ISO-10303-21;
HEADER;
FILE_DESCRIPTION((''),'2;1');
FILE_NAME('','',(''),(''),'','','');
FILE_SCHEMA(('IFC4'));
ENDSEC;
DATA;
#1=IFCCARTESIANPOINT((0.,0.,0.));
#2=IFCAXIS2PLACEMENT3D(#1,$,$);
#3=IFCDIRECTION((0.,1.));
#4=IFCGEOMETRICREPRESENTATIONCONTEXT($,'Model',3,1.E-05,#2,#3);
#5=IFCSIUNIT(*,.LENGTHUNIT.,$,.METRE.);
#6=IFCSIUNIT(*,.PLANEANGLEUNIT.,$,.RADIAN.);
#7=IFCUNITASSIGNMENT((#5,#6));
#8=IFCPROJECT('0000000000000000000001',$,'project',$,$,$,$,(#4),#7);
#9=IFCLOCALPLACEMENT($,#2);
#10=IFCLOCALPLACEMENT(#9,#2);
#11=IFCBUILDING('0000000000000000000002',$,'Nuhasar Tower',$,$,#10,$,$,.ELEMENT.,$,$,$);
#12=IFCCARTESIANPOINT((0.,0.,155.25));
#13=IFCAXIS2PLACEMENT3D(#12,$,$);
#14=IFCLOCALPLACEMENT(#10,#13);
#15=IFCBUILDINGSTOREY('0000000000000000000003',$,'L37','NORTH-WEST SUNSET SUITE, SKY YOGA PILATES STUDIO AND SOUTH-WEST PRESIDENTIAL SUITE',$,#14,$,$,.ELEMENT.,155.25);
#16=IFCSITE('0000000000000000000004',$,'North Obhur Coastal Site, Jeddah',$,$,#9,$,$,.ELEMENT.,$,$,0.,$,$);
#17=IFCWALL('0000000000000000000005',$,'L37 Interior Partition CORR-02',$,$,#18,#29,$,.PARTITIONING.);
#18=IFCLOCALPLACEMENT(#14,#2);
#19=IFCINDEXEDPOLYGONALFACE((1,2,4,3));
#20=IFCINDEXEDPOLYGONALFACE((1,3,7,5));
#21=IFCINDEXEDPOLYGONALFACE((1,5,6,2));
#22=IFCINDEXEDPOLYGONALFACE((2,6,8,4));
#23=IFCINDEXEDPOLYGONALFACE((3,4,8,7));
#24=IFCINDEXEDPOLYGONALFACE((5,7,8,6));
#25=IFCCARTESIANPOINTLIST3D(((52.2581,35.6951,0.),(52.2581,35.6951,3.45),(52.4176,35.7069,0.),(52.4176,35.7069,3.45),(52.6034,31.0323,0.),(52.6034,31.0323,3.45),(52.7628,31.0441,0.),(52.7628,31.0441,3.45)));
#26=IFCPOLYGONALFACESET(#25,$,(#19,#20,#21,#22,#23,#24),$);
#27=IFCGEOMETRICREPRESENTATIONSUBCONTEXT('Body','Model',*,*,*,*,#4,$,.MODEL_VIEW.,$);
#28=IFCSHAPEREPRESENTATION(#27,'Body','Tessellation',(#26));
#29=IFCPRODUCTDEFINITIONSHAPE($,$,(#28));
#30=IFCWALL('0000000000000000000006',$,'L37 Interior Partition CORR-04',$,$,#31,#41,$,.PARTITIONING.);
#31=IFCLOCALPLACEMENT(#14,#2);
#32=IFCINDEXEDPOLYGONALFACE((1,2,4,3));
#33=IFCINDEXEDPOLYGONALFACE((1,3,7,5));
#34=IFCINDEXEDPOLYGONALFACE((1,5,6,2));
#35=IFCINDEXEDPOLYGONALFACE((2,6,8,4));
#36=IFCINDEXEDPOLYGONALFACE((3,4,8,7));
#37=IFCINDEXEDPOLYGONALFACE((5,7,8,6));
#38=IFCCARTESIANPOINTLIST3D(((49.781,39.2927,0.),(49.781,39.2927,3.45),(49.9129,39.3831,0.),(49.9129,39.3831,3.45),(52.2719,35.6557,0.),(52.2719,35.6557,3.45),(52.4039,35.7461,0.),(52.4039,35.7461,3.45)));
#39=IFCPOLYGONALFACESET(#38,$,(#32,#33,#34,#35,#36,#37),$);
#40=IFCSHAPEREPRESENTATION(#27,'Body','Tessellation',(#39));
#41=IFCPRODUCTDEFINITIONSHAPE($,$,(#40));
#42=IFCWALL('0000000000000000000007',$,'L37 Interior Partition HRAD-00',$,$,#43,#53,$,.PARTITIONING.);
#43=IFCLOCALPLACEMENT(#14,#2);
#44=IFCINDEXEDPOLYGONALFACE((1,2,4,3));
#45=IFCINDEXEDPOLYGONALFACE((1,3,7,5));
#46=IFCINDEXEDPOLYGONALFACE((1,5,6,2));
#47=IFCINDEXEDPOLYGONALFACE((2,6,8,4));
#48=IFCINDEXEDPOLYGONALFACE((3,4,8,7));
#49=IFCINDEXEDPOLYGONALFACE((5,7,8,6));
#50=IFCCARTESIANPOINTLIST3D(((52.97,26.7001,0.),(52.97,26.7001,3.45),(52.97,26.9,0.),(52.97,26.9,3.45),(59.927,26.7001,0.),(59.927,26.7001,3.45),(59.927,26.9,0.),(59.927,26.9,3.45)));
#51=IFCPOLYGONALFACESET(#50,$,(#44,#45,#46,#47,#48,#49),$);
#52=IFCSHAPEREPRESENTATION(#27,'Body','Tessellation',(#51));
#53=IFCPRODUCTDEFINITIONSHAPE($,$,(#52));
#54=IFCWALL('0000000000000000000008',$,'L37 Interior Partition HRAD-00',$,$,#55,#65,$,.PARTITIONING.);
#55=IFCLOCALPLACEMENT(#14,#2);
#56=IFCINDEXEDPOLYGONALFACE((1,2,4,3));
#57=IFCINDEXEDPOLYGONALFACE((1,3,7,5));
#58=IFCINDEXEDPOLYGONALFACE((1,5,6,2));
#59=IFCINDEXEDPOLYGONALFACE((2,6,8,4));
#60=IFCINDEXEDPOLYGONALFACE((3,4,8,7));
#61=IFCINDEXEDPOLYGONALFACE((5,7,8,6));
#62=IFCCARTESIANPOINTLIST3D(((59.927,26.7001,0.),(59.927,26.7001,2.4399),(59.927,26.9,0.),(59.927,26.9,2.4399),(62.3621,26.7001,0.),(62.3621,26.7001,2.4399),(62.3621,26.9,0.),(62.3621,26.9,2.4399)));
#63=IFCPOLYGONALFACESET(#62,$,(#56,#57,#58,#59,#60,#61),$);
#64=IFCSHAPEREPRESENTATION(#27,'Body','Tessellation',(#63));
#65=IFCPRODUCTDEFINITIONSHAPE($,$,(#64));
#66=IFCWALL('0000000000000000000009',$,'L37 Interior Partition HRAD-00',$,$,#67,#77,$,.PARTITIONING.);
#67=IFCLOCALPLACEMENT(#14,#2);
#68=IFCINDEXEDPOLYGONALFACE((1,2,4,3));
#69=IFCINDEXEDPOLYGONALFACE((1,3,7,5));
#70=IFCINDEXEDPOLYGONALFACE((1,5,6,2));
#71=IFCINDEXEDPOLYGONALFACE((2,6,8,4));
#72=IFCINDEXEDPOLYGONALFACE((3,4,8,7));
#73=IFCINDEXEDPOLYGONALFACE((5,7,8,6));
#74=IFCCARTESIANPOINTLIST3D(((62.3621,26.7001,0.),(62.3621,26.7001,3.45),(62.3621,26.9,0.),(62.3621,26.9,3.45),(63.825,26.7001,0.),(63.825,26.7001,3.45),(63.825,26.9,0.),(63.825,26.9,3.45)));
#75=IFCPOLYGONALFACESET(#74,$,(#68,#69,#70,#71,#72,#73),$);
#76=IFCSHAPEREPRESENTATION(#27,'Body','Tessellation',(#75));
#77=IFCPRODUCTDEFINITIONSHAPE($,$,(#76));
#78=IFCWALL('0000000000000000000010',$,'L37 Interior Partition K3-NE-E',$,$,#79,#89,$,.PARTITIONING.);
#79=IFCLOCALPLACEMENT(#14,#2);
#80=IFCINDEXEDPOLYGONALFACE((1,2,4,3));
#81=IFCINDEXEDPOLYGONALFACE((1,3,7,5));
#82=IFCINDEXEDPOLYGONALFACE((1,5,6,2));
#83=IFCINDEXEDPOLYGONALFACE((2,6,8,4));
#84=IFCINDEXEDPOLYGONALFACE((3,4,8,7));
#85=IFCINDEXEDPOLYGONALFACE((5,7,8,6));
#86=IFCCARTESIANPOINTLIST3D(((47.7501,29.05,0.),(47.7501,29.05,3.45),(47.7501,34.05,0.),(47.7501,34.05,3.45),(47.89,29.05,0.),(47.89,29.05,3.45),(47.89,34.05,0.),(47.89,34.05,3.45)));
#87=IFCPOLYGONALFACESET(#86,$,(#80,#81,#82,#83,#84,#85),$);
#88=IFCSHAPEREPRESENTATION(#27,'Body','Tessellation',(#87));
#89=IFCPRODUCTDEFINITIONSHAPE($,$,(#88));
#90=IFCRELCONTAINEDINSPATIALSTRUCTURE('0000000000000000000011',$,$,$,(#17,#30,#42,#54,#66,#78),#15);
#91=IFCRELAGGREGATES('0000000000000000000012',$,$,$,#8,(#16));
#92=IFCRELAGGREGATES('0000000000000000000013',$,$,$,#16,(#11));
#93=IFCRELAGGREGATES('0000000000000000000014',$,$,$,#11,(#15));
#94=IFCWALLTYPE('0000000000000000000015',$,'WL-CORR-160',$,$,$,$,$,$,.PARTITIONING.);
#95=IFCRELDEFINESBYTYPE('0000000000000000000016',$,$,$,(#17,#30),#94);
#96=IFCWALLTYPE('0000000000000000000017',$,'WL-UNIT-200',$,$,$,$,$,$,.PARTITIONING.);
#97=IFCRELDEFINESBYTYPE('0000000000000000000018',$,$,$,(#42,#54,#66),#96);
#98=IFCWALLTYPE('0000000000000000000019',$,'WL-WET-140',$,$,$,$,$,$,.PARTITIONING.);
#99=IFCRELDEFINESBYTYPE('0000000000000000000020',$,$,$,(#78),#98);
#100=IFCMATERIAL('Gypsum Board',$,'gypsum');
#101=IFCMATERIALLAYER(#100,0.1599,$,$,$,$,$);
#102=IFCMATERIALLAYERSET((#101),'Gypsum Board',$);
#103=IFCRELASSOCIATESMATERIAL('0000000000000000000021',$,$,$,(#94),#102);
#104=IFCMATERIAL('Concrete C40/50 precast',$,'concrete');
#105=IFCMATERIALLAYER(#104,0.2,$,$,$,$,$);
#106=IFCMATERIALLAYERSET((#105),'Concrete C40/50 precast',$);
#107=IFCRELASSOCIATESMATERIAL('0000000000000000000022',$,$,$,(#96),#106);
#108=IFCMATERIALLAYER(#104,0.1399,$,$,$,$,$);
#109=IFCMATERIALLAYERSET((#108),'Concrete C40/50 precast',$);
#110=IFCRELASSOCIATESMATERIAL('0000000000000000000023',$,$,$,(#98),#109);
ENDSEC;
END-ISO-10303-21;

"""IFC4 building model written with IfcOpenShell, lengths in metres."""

from ifc_helpers import new_model, si_unit, direction, frame, frame_2d, origin, place, context, subcontext, project, spatial, rectangle, extrude, material, layer, layer_set, type_object, element, save


model = new_model("IFC4")

# Units and contexts
model_context = context("Model", 3, precision=1e-05, world=origin(), true_north=direction((0.0, 1.0)))
body_context = subcontext(model_context, "Body", "Model", "MODEL_VIEW")
ifc_project = project(units=[si_unit("LENGTHUNIT", "METRE"), si_unit("PLANEANGLEUNIT", "RADIAN")], contexts=[model_context])

# Site, building, storey
site_placement = place(None, origin())
site = spatial("IfcSite", under=ifc_project, at=site_placement, Name="North Obhur Coastal Site, Jeddah", CompositionType="ELEMENT", RefElevation=0.0)
building_placement = place(site_placement, origin())
building = spatial("IfcBuilding", under=site, at=building_placement, Name="Nuhasar Tower", CompositionType="ELEMENT")
storey_placement = place(building_placement, frame((0.0, 0.0, 155.25)))
storey = spatial("IfcBuildingStorey", under=building, at=storey_placement, Name="L37", Description="NORTH-WEST SUNSET SUITE, SKY YOGA PILATES STUDIO AND SOUTH-WEST PRESIDENTIAL SUITE", CompositionType="ELEMENT", Elevation=155.25)

# Shared definitions
ifc_material_1 = material(Name="Gypsum Board", Category="gypsum")
ifc_layer_1 = layer(ifc_material_1, 0.1599)
ifc_layer_set_1 = layer_set([ifc_layer_1], Name="Gypsum Board")
wall_type_1 = type_object("IfcWallType", Name="WL-CORR-160", PredefinedType="PARTITIONING", material=ifc_layer_set_1)

# Walls
wall_1_placement = place(storey_placement, frame((52.6831, 31.0381, 0.0), z_axis=(0.0, 0.0, 1.0), x_axis=(-0.073833, 0.997271, 0.0)))
element("IfcWall", 1, at=wall_1_placement, inside=storey, type_object=wall_type_1, Name="L37 Interior Partition CORR-02", PredefinedType="PARTITIONING", context=body_context, shape_type="SweptSolid", body=[
    extrude(rectangle(XDim=4.6755, YDim=0.1599, at=frame_2d((2.3379, 0.0))), origin(), (0.0, 0.0, 1.0), 3.45),
])
wall_2_placement = place(storey_placement, frame((52.3379, 35.7009, 0.0), z_axis=(0.0, 0.0, 1.0), x_axis=(-0.565073, 0.825041, 0.0)))
element("IfcWall", 2, at=wall_2_placement, inside=storey, type_object=wall_type_1, Name="L37 Interior Partition CORR-04", PredefinedType="PARTITIONING", context=body_context, shape_type="SweptSolid", body=[
    extrude(rectangle(XDim=4.4082, YDim=0.1599, at=frame_2d((2.2041, 0.0))), origin(), (0.0, 0.0, 1.0), 3.45),
])
ifc_material_2 = material(Name="Concrete C40/50 precast", Category="concrete")
ifc_layer_2 = layer(ifc_material_2, 0.2)
ifc_layer_set_2 = layer_set([ifc_layer_2], Name="Concrete C40/50 precast")
wall_type_2 = type_object("IfcWallType", Name="WL-UNIT-200", PredefinedType="PARTITIONING", material=ifc_layer_set_2)
wall_3_placement = place(storey_placement, frame((52.97, 26.8, 0.0), z_axis=(0.0, 0.0, 1.0), x_axis=(1.0, 0.0, 0.0)))
element("IfcWall", 3, at=wall_3_placement, inside=storey, type_object=wall_type_2, Name="L37 Interior Partition HRAD-00", PredefinedType="PARTITIONING", context=body_context, shape_type="SweptSolid", body=[
    extrude(rectangle(XDim=6.957, YDim=0.2, at=frame_2d((3.4785, 0.0))), origin(), (0.0, 0.0, 1.0), 3.45),
])
wall_4_placement = place(storey_placement, frame((59.927, 26.8, 0.0), z_axis=(0.0, 0.0, 1.0), x_axis=(1.0, 0.0, 0.0)))
element("IfcWall", 4, at=wall_4_placement, inside=storey, type_object=wall_type_2, Name="L37 Interior Partition HRAD-00", PredefinedType="PARTITIONING", context=body_context, shape_type="SweptSolid", body=[
    extrude(rectangle(XDim=2.4351, YDim=0.2, at=frame_2d((1.2175, 0.0))), origin(), (0.0, 0.0, 1.0), 2.4399),
])
wall_5_placement = place(storey_placement, frame((62.3621, 26.8, 0.0), z_axis=(0.0, 0.0, 1.0), x_axis=(1.0, 0.0, 0.0)))
element("IfcWall", 5, at=wall_5_placement, inside=storey, type_object=wall_type_2, Name="L37 Interior Partition HRAD-00", PredefinedType="PARTITIONING", context=body_context, shape_type="SweptSolid", body=[
    extrude(rectangle(XDim=1.4629, YDim=0.2, at=frame_2d((0.7314, 0.0))), origin(), (0.0, 0.0, 1.0), 3.45),
])
ifc_layer_3 = layer(ifc_material_2, 0.1399)
ifc_layer_set_3 = layer_set([ifc_layer_3], Name="Concrete C40/50 precast")
wall_type_3 = type_object("IfcWallType", Name="WL-WET-140", PredefinedType="PARTITIONING", material=ifc_layer_set_3)
wall_6_placement = place(storey_placement, frame((47.8201, 29.05, 0.0), z_axis=(0.0, 0.0, 1.0), x_axis=(0.0, 1.0, 0.0)))
element("IfcWall", 6, at=wall_6_placement, inside=storey, type_object=wall_type_3, Name="L37 Interior Partition K3-NE-E", PredefinedType="PARTITIONING", context=body_context, shape_type="SweptSolid", body=[
    extrude(rectangle(XDim=5.0, YDim=0.1399, at=frame_2d((2.5, 0.0))), origin(), (0.0, 0.0, 1.0), 3.45),
])

save(model, "model.ifc")
